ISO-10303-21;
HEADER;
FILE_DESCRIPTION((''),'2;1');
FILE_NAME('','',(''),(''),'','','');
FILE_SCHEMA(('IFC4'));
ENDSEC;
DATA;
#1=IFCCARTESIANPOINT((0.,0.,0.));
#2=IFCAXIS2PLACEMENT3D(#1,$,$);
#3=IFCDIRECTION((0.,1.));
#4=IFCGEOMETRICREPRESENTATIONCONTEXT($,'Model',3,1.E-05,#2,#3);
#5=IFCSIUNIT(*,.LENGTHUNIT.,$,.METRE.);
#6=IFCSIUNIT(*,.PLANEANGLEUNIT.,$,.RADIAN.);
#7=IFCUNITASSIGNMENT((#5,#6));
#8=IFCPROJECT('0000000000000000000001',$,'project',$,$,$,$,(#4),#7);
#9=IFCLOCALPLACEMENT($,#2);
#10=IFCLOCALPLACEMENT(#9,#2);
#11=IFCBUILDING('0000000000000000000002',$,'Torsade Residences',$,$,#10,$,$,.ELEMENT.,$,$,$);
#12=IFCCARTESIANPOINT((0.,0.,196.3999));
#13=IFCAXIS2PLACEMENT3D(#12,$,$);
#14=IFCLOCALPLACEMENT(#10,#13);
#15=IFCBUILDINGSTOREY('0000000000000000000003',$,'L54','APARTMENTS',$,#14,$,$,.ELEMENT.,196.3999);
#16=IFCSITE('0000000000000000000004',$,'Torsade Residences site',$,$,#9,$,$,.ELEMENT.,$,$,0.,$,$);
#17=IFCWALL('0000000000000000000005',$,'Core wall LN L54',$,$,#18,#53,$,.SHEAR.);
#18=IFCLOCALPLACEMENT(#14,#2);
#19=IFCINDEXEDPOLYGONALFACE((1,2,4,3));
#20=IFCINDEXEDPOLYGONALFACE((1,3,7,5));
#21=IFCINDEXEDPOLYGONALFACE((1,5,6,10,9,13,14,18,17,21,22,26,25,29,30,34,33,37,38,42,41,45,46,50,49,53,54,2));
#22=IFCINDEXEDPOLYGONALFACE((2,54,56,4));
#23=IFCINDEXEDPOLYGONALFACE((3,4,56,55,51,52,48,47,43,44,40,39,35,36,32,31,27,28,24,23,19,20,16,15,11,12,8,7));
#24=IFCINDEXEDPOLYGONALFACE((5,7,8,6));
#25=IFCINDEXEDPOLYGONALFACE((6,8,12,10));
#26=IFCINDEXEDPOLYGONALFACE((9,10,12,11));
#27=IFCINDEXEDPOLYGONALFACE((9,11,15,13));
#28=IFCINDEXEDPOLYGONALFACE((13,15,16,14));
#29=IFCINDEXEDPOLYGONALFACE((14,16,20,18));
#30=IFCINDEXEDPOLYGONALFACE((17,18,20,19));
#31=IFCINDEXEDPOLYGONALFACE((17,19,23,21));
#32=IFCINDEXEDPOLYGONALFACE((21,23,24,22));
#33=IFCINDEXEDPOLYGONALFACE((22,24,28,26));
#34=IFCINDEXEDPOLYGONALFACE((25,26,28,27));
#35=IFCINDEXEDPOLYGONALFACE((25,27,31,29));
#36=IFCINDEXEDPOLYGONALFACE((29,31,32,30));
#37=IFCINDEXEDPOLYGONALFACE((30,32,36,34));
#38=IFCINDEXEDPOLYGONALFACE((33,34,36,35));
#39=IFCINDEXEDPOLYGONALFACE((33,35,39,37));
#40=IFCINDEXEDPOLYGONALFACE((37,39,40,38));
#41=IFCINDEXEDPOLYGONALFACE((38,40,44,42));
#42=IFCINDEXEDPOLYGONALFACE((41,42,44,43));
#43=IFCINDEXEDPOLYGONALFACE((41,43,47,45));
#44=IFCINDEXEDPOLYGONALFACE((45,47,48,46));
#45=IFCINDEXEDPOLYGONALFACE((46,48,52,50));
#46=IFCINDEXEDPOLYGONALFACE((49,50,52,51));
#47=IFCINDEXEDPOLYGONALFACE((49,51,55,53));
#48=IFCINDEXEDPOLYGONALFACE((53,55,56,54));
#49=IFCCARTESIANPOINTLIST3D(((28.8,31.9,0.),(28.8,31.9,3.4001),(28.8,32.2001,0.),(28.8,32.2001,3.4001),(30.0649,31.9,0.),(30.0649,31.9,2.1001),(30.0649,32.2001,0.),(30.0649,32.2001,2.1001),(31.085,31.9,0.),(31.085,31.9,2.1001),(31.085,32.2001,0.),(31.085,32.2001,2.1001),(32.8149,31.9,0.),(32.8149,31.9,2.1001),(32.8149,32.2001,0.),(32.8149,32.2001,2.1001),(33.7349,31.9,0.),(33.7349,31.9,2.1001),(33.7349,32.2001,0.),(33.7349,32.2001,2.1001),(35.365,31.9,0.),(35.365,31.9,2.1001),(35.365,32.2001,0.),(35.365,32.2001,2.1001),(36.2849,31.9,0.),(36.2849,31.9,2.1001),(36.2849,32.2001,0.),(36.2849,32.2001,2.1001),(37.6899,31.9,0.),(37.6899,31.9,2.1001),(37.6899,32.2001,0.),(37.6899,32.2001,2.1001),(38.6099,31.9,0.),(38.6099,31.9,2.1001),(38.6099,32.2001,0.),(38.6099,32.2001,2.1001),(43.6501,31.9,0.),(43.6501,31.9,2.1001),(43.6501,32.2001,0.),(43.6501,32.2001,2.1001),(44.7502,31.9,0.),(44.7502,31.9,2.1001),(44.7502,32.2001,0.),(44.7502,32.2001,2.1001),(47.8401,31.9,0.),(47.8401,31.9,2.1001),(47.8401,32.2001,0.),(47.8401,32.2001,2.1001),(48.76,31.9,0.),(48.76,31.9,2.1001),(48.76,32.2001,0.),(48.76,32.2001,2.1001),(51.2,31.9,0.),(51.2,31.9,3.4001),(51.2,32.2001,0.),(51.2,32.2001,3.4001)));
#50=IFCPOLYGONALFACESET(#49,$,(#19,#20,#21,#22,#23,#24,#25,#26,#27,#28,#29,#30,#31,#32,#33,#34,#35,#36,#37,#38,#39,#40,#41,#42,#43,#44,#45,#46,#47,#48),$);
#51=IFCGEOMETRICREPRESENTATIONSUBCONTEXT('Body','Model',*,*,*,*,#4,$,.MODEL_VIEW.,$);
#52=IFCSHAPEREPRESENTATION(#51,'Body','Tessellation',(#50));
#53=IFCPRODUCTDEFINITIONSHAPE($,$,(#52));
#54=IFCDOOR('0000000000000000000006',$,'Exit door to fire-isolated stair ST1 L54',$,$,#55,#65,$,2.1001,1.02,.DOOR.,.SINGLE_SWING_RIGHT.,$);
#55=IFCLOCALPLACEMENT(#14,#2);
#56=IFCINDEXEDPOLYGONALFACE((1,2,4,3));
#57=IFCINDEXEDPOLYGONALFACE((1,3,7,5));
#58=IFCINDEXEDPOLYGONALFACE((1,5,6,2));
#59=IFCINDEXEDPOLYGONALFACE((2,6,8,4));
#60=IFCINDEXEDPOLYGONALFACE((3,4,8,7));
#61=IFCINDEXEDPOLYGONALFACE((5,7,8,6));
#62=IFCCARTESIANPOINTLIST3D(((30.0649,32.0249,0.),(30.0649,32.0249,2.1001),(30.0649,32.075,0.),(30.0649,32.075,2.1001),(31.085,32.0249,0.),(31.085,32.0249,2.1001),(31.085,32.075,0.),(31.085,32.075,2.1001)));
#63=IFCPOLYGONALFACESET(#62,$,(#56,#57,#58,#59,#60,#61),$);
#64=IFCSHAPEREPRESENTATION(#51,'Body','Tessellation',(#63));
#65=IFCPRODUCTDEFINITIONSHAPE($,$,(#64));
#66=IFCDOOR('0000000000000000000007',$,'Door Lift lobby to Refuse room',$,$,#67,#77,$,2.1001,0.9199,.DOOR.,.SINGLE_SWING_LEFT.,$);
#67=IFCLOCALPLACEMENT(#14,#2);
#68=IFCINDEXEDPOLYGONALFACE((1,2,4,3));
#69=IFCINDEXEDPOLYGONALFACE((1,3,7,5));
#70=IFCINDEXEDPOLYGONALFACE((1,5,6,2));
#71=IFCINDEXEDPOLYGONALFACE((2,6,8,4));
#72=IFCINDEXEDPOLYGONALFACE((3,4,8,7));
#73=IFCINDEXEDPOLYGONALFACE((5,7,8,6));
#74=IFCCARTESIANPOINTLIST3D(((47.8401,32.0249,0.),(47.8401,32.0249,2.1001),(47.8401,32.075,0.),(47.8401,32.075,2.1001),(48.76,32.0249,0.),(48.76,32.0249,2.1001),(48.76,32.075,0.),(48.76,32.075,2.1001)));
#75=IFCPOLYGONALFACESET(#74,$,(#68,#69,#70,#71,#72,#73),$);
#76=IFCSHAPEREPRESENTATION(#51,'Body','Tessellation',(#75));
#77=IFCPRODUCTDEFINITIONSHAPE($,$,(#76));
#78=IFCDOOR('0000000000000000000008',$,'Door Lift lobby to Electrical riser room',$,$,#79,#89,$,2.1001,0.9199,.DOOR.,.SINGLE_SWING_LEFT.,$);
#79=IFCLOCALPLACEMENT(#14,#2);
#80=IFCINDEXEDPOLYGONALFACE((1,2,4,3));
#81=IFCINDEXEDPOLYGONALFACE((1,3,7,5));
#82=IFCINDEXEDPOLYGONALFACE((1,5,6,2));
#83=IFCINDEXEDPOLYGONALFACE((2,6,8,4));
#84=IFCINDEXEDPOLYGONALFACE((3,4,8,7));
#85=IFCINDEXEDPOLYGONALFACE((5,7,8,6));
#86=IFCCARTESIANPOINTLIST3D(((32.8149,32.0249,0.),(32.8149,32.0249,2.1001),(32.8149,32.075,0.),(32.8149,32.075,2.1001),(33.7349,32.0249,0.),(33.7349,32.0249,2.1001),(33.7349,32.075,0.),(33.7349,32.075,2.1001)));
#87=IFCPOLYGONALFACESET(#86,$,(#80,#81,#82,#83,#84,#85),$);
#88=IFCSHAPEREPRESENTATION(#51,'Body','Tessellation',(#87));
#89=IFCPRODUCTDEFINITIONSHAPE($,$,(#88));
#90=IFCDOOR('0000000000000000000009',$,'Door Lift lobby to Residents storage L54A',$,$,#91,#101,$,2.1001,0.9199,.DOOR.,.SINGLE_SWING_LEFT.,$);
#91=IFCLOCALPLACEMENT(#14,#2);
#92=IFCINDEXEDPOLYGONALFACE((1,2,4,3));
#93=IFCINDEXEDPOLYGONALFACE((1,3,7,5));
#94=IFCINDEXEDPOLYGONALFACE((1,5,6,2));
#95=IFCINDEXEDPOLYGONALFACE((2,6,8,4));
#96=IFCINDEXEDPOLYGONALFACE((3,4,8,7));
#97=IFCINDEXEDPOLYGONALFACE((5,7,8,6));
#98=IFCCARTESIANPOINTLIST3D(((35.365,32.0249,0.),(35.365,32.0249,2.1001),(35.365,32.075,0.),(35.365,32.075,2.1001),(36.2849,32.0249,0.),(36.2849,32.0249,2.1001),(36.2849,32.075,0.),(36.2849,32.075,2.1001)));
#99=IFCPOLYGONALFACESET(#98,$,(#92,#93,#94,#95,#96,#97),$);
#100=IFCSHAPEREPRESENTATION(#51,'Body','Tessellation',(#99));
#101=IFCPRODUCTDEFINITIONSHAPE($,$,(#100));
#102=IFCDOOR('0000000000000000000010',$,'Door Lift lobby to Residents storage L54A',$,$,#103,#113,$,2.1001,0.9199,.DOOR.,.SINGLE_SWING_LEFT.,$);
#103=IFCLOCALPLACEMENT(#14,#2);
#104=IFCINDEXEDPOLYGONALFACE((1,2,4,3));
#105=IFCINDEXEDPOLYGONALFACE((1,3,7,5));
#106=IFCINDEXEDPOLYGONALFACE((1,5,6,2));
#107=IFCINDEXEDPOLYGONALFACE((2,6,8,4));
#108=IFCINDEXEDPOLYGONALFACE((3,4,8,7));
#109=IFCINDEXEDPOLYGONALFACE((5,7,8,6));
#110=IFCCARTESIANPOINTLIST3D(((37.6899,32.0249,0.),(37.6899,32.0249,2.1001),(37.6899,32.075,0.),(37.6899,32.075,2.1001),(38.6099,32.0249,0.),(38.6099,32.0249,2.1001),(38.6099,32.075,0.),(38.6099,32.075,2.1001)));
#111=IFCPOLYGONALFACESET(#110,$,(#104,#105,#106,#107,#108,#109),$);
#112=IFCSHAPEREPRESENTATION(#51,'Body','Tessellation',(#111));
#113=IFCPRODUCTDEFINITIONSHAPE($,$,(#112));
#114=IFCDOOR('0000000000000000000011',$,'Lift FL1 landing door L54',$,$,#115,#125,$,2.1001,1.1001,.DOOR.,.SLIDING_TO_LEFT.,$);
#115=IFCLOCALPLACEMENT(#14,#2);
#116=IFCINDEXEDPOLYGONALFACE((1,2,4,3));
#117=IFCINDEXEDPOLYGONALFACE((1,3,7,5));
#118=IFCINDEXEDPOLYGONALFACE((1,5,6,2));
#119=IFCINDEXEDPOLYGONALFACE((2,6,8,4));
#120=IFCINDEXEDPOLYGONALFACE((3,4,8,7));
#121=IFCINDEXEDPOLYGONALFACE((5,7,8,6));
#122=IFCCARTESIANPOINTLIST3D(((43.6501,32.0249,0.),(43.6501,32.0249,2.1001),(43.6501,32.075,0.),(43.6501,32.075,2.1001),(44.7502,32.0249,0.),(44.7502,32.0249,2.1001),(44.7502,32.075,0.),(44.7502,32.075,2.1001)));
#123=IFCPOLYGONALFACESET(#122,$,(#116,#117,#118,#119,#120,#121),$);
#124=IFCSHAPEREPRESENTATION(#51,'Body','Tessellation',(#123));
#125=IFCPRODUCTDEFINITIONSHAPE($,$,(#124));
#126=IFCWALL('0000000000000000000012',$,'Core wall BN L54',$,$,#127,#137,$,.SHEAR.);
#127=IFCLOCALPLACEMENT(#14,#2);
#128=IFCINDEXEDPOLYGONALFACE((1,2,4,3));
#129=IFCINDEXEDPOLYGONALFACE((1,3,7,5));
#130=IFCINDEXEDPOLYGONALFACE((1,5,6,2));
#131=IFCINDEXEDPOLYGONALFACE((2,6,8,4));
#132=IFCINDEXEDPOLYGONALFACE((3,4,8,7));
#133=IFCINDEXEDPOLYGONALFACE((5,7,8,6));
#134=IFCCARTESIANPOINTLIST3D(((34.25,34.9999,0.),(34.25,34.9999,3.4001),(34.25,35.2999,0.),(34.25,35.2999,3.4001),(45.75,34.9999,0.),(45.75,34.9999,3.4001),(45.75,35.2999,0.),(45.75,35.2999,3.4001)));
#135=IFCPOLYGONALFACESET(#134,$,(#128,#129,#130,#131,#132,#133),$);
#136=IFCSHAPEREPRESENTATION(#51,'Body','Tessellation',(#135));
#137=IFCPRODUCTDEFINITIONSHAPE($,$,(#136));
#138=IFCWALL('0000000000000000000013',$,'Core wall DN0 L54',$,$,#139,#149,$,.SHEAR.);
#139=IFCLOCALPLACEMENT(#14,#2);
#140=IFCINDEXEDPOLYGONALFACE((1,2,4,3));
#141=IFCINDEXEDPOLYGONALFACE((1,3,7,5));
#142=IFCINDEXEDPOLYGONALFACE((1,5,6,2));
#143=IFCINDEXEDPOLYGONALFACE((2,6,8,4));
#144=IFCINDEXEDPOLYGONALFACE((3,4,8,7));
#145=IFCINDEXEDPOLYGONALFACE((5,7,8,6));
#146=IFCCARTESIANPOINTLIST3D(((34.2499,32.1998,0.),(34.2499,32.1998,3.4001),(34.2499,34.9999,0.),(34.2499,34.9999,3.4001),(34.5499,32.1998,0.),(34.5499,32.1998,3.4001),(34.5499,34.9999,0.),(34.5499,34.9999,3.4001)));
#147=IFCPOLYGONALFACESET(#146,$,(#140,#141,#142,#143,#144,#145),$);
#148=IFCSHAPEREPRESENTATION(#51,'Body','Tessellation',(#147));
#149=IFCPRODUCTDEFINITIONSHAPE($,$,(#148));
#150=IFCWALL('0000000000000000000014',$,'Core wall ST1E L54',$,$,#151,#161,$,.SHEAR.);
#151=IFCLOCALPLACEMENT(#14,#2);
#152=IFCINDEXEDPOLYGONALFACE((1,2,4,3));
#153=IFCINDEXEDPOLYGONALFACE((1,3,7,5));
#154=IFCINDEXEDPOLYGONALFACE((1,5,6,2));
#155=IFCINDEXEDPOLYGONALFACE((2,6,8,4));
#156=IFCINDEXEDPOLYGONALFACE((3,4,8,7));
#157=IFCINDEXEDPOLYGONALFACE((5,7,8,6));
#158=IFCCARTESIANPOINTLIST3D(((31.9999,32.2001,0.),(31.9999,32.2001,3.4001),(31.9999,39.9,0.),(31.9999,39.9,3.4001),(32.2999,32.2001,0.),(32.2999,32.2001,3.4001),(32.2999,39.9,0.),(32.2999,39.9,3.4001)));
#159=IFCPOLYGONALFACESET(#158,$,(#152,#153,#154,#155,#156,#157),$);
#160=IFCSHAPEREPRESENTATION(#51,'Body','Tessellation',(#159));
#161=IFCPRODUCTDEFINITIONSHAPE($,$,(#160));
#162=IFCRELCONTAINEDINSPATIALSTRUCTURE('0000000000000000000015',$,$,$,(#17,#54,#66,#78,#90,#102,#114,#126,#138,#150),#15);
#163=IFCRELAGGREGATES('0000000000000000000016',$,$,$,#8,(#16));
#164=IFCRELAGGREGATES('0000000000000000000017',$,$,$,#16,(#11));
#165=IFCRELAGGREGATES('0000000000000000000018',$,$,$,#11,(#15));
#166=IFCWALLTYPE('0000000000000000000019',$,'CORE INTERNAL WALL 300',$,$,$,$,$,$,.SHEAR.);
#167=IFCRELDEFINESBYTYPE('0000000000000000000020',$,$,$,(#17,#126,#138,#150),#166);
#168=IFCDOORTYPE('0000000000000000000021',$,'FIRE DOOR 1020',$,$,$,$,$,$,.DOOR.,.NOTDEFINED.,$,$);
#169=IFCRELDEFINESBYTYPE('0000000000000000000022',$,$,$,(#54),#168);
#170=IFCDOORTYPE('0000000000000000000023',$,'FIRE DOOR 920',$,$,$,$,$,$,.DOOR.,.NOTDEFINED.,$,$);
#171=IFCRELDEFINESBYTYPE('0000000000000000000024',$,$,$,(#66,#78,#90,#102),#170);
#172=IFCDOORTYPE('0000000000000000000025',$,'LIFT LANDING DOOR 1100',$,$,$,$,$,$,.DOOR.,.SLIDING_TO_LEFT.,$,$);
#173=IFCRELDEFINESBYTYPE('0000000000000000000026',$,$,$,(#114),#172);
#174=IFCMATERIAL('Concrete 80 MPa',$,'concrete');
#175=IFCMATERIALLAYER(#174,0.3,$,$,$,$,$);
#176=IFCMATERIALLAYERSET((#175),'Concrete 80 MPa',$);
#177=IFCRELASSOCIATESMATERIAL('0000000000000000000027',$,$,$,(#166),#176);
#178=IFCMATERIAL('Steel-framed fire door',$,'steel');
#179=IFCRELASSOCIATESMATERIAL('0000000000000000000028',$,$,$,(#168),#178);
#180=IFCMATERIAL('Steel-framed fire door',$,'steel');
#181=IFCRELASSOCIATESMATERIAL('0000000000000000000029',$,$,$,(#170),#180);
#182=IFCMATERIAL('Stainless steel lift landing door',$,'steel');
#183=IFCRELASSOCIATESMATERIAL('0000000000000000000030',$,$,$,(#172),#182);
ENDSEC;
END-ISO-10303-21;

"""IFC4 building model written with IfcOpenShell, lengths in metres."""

from ifc_helpers import new_model, si_unit, direction, frame, frame_2d, origin, place, context, subcontext, project, spatial, rectangle, extrude, material, layer, layer_set, type_object, element, fill, save


model = new_model("IFC4")

# Units and contexts
model_context = context("Model", 3, precision=1e-05, world=origin(), true_north=direction((0.0, 1.0)))
body_context = subcontext(model_context, "Body", "Model", "MODEL_VIEW")
ifc_project = project(units=[si_unit("LENGTHUNIT", "METRE"), si_unit("PLANEANGLEUNIT", "RADIAN")], contexts=[model_context])

# Site, building, storey
site_placement = place(None, origin())
site = spatial("IfcSite", under=ifc_project, at=site_placement, Name="Torsade Residences site", CompositionType="ELEMENT", RefElevation=0.0)
building_placement = place(site_placement, origin())
building = spatial("IfcBuilding", under=site, at=building_placement, Name="Torsade Residences", CompositionType="ELEMENT")
storey_placement = place(building_placement, frame((0.0, 0.0, 196.3999)))
storey = spatial("IfcBuildingStorey", under=building, at=storey_placement, Name="L54", Description="APARTMENTS", CompositionType="ELEMENT", Elevation=196.3999)

# Wall, openings, doors
ifc_material_1 = material(Name="Concrete 80 MPa", Category="concrete")
ifc_layer_1 = layer(ifc_material_1, 0.3)
ifc_layer_set_1 = layer_set([ifc_layer_1], Name="Concrete 80 MPa")
wall_type_1 = type_object("IfcWallType", Name="CORE INTERNAL WALL 300", PredefinedType="SHEAR", material=ifc_layer_set_1)
wall_1_placement = place(storey_placement, frame((28.8, 32.05, 0.0), z_axis=(0.0, 0.0, 1.0), x_axis=(1.0, 0.0, 0.0)))
wall_1 = element("IfcWall", 1, at=wall_1_placement, inside=storey, type_object=wall_type_1, Name="Core wall LN L54", PredefinedType="SHEAR", context=body_context, shape_type="SweptSolid", body=[
    extrude(rectangle(XDim=22.3999, YDim=0.3, at=frame_2d((11.2, 0.0))), origin(), (0.0, 0.0, 1.0), 3.4001),
])
opening_1_placement = place(wall_1_placement, frame((19.04, 0.0, 0.0)))
opening_1 = element("IfcOpeningElement", 2, at=opening_1_placement, cuts=wall_1, PredefinedType="OPENING", context=body_context, shape_type="SweptSolid", body=[
    extrude(rectangle(XDim=0.9199, YDim=2.1001, at=frame_2d((0.46, 1.05))), frame((0.0, 0.1599, 0.0), z_axis=(0.0, -1.0, 0.0), x_axis=(1.0, 0.0, 0.0)), (0.0, 0.0, 1.0), 0.3201),
])
opening_2_placement = place(wall_1_placement, frame((1.2649, 0.0, 0.0)))
opening_2 = element("IfcOpeningElement", 3, at=opening_2_placement, cuts=wall_1, PredefinedType="OPENING", context=body_context, shape_type="SweptSolid", body=[
    extrude(rectangle(XDim=1.02, YDim=2.1001, at=frame_2d((0.51, 1.05))), frame((0.0, 0.1599, 0.0), z_axis=(0.0, -1.0, 0.0), x_axis=(1.0, 0.0, 0.0)), (0.0, 0.0, 1.0), 0.3201),
])
opening_3_placement = place(wall_1_placement, frame((4.0149, 0.0, 0.0)))
opening_3 = element("IfcOpeningElement", 4, at=opening_3_placement, cuts=wall_1, PredefinedType="OPENING", context=body_context, shape_type="SweptSolid", body=[
    extrude(rectangle(XDim=0.9199, YDim=2.1001, at=frame_2d((0.46, 1.05))), frame((0.0, 0.1599, 0.0), z_axis=(0.0, -1.0, 0.0), x_axis=(1.0, 0.0, 0.0)), (0.0, 0.0, 1.0), 0.3201),
])
opening_4_placement = place(wall_1_placement, frame((6.5649, 0.0, 0.0)))
opening_4 = element("IfcOpeningElement", 5, at=opening_4_placement, cuts=wall_1, PredefinedType="OPENING", context=body_context, shape_type="SweptSolid", body=[
    extrude(rectangle(XDim=0.9199, YDim=2.1001, at=frame_2d((0.46, 1.05))), frame((0.0, 0.1599, 0.0), z_axis=(0.0, -1.0, 0.0), x_axis=(1.0, 0.0, 0.0)), (0.0, 0.0, 1.0), 0.3201),
])
opening_5_placement = place(wall_1_placement, frame((8.8899, 0.0, 0.0)))
opening_5 = element("IfcOpeningElement", 6, at=opening_5_placement, cuts=wall_1, PredefinedType="OPENING", context=body_context, shape_type="SweptSolid", body=[
    extrude(rectangle(XDim=0.9199, YDim=2.1001, at=frame_2d((0.46, 1.05))), frame((0.0, 0.1599, 0.0), z_axis=(0.0, -1.0, 0.0), x_axis=(1.0, 0.0, 0.0)), (0.0, 0.0, 1.0), 0.3201),
])
opening_6_placement = place(wall_1_placement, frame((14.8501, 0.0, 0.0)))
opening_6 = element("IfcOpeningElement", 7, at=opening_6_placement, cuts=wall_1, PredefinedType="OPENING", context=body_context, shape_type="SweptSolid", body=[
    extrude(rectangle(XDim=1.1001, YDim=2.1001, at=frame_2d((0.55, 1.05))), frame((0.0, 0.1599, 0.0), z_axis=(0.0, -1.0, 0.0), x_axis=(1.0, 0.0, 0.0)), (0.0, 0.0, 1.0), 0.3201),
])
ifc_material_2 = material(Name="Steel-framed fire door", Category="steel")
door_type_1 = type_object("IfcDoorType", Name="FIRE DOOR 1020", OperationType="NOTDEFINED", PredefinedType="DOOR", material=ifc_material_2)
door_1_placement = place(opening_2_placement, origin())
door_1 = element("IfcDoor", 8, at=door_1_placement, inside=storey, type_object=door_type_1, Name="Exit door to fire-isolated stair ST1 L54", OperationType="SINGLE_SWING_RIGHT", OverallHeight=2.1001, OverallWidth=1.02, PredefinedType="DOOR", context=body_context, shape_type="SweptSolid", body=[
    extrude(rectangle(XDim=1.02, YDim=2.1001, at=frame_2d((0.51, 1.05))), frame((0.0, 0.0249, 0.0), z_axis=(0.0, -1.0, 0.0), x_axis=(1.0, 0.0, 0.0)), (0.0, 0.0, 1.0), 0.05),
])
fill(opening_2, door_1)
ifc_material_3 = material(Name="Steel-framed fire door", Category="steel")
door_type_2 = type_object("IfcDoorType", Name="FIRE DOOR 920", OperationType="NOTDEFINED", PredefinedType="DOOR", material=ifc_material_3)
door_2_placement = place(opening_1_placement, origin())
door_2 = element("IfcDoor", 9, at=door_2_placement, inside=storey, type_object=door_type_2, Name="Door Lift lobby to Refuse room", OperationType="SINGLE_SWING_LEFT", OverallHeight=2.1001, OverallWidth=0.9199, PredefinedType="DOOR", context=body_context, shape_type="SweptSolid", body=[
    extrude(rectangle(XDim=0.9199, YDim=2.1001, at=frame_2d((0.46, 1.05))), frame((0.0, 0.0249, 0.0), z_axis=(0.0, -1.0, 0.0), x_axis=(1.0, 0.0, 0.0)), (0.0, 0.0, 1.0), 0.05),
])
fill(opening_1, door_2)
door_3_placement = place(opening_3_placement, origin())
door_3 = element("IfcDoor", 10, at=door_3_placement, inside=storey, type_object=door_type_2, Name="Door Lift lobby to Electrical riser room", OperationType="SINGLE_SWING_LEFT", OverallHeight=2.1001, OverallWidth=0.9199, PredefinedType="DOOR", context=body_context, shape_type="SweptSolid", body=[
    extrude(rectangle(XDim=0.9199, YDim=2.1001, at=frame_2d((0.46, 1.05))), frame((0.0, 0.0249, 0.0), z_axis=(0.0, -1.0, 0.0), x_axis=(1.0, 0.0, 0.0)), (0.0, 0.0, 1.0), 0.05),
])
fill(opening_3, door_3)
door_4_placement = place(opening_4_placement, origin())
door_4 = element("IfcDoor", 11, at=door_4_placement, inside=storey, type_object=door_type_2, Name="Door Lift lobby to Residents storage L54A", OperationType="SINGLE_SWING_LEFT", OverallHeight=2.1001, OverallWidth=0.9199, PredefinedType="DOOR", context=body_context, shape_type="SweptSolid", body=[
    extrude(rectangle(XDim=0.9199, YDim=2.1001, at=frame_2d((0.46, 1.05))), frame((0.0, 0.0249, 0.0), z_axis=(0.0, -1.0, 0.0), x_axis=(1.0, 0.0, 0.0)), (0.0, 0.0, 1.0), 0.05),
])
fill(opening_4, door_4)
door_5_placement = place(opening_5_placement, origin())
door_5 = element("IfcDoor", 12, at=door_5_placement, inside=storey, type_object=door_type_2, Name="Door Lift lobby to Residents storage L54A", OperationType="SINGLE_SWING_LEFT", OverallHeight=2.1001, OverallWidth=0.9199, PredefinedType="DOOR", context=body_context, shape_type="SweptSolid", body=[
    extrude(rectangle(XDim=0.9199, YDim=2.1001, at=frame_2d((0.46, 1.05))), frame((0.0, 0.0249, 0.0), z_axis=(0.0, -1.0, 0.0), x_axis=(1.0, 0.0, 0.0)), (0.0, 0.0, 1.0), 0.05),
])
fill(opening_5, door_5)
ifc_material_4 = material(Name="Stainless steel lift landing door", Category="steel")
door_type_3 = type_object("IfcDoorType", Name="LIFT LANDING DOOR 1100", OperationType="SLIDING_TO_LEFT", PredefinedType="DOOR", material=ifc_material_4)
door_6_placement = place(opening_6_placement, origin())
door_6 = element("IfcDoor", 13, at=door_6_placement, inside=storey, type_object=door_type_3, Name="Lift FL1 landing door L54", OperationType="SLIDING_TO_LEFT", OverallHeight=2.1001, OverallWidth=1.1001, PredefinedType="DOOR", context=body_context, shape_type="SweptSolid", body=[
    extrude(rectangle(XDim=1.1001, YDim=2.1001, at=frame_2d((0.55, 1.05))), frame((0.0, 0.0249, 0.0), z_axis=(0.0, -1.0, 0.0), x_axis=(1.0, 0.0, 0.0)), (0.0, 0.0, 1.0), 0.05),
])
fill(opening_6, door_6)

# Walls
wall_2_placement = place(storey_placement, frame((34.25, 35.1499, 0.0), z_axis=(0.0, 0.0, 1.0), x_axis=(1.0, 0.0, 0.0)))
element("IfcWall", 14, at=wall_2_placement, inside=storey, type_object=wall_type_1, Name="Core wall BN L54", PredefinedType="SHEAR", context=body_context, shape_type="SweptSolid", body=[
    extrude(rectangle(XDim=11.5, YDim=0.3, at=frame_2d((5.75, 0.0))), origin(), (0.0, 0.0, 1.0), 3.4001),
])
wall_3_placement = place(storey_placement, frame((34.3999, 32.2, 0.0), z_axis=(0.0, 0.0, 1.0), x_axis=(0.0, 1.0, 0.0)))
element("IfcWall", 15, at=wall_3_placement, inside=storey, type_object=wall_type_1, Name="Core wall DN0 L54", PredefinedType="SHEAR", context=body_context, shape_type="SweptSolid", body=[
    extrude(rectangle(XDim=2.8, YDim=0.3, at=frame_2d((1.3999, 0.0))), origin(), (0.0, 0.0, 1.0), 3.4001),
])
wall_4_placement = place(storey_placement, frame((32.1499, 32.2, 0.0), z_axis=(0.0, 0.0, 1.0), x_axis=(0.0, 1.0, 0.0)))
element("IfcWall", 16, at=wall_4_placement, inside=storey, type_object=wall_type_1, Name="Core wall ST1E L54", PredefinedType="SHEAR", context=body_context, shape_type="SweptSolid", body=[
    extrude(rectangle(XDim=7.7, YDim=0.3, at=frame_2d((3.8501, 0.0))), origin(), (0.0, 0.0, 1.0), 3.4001),
])

save(model, "model.ifc")
